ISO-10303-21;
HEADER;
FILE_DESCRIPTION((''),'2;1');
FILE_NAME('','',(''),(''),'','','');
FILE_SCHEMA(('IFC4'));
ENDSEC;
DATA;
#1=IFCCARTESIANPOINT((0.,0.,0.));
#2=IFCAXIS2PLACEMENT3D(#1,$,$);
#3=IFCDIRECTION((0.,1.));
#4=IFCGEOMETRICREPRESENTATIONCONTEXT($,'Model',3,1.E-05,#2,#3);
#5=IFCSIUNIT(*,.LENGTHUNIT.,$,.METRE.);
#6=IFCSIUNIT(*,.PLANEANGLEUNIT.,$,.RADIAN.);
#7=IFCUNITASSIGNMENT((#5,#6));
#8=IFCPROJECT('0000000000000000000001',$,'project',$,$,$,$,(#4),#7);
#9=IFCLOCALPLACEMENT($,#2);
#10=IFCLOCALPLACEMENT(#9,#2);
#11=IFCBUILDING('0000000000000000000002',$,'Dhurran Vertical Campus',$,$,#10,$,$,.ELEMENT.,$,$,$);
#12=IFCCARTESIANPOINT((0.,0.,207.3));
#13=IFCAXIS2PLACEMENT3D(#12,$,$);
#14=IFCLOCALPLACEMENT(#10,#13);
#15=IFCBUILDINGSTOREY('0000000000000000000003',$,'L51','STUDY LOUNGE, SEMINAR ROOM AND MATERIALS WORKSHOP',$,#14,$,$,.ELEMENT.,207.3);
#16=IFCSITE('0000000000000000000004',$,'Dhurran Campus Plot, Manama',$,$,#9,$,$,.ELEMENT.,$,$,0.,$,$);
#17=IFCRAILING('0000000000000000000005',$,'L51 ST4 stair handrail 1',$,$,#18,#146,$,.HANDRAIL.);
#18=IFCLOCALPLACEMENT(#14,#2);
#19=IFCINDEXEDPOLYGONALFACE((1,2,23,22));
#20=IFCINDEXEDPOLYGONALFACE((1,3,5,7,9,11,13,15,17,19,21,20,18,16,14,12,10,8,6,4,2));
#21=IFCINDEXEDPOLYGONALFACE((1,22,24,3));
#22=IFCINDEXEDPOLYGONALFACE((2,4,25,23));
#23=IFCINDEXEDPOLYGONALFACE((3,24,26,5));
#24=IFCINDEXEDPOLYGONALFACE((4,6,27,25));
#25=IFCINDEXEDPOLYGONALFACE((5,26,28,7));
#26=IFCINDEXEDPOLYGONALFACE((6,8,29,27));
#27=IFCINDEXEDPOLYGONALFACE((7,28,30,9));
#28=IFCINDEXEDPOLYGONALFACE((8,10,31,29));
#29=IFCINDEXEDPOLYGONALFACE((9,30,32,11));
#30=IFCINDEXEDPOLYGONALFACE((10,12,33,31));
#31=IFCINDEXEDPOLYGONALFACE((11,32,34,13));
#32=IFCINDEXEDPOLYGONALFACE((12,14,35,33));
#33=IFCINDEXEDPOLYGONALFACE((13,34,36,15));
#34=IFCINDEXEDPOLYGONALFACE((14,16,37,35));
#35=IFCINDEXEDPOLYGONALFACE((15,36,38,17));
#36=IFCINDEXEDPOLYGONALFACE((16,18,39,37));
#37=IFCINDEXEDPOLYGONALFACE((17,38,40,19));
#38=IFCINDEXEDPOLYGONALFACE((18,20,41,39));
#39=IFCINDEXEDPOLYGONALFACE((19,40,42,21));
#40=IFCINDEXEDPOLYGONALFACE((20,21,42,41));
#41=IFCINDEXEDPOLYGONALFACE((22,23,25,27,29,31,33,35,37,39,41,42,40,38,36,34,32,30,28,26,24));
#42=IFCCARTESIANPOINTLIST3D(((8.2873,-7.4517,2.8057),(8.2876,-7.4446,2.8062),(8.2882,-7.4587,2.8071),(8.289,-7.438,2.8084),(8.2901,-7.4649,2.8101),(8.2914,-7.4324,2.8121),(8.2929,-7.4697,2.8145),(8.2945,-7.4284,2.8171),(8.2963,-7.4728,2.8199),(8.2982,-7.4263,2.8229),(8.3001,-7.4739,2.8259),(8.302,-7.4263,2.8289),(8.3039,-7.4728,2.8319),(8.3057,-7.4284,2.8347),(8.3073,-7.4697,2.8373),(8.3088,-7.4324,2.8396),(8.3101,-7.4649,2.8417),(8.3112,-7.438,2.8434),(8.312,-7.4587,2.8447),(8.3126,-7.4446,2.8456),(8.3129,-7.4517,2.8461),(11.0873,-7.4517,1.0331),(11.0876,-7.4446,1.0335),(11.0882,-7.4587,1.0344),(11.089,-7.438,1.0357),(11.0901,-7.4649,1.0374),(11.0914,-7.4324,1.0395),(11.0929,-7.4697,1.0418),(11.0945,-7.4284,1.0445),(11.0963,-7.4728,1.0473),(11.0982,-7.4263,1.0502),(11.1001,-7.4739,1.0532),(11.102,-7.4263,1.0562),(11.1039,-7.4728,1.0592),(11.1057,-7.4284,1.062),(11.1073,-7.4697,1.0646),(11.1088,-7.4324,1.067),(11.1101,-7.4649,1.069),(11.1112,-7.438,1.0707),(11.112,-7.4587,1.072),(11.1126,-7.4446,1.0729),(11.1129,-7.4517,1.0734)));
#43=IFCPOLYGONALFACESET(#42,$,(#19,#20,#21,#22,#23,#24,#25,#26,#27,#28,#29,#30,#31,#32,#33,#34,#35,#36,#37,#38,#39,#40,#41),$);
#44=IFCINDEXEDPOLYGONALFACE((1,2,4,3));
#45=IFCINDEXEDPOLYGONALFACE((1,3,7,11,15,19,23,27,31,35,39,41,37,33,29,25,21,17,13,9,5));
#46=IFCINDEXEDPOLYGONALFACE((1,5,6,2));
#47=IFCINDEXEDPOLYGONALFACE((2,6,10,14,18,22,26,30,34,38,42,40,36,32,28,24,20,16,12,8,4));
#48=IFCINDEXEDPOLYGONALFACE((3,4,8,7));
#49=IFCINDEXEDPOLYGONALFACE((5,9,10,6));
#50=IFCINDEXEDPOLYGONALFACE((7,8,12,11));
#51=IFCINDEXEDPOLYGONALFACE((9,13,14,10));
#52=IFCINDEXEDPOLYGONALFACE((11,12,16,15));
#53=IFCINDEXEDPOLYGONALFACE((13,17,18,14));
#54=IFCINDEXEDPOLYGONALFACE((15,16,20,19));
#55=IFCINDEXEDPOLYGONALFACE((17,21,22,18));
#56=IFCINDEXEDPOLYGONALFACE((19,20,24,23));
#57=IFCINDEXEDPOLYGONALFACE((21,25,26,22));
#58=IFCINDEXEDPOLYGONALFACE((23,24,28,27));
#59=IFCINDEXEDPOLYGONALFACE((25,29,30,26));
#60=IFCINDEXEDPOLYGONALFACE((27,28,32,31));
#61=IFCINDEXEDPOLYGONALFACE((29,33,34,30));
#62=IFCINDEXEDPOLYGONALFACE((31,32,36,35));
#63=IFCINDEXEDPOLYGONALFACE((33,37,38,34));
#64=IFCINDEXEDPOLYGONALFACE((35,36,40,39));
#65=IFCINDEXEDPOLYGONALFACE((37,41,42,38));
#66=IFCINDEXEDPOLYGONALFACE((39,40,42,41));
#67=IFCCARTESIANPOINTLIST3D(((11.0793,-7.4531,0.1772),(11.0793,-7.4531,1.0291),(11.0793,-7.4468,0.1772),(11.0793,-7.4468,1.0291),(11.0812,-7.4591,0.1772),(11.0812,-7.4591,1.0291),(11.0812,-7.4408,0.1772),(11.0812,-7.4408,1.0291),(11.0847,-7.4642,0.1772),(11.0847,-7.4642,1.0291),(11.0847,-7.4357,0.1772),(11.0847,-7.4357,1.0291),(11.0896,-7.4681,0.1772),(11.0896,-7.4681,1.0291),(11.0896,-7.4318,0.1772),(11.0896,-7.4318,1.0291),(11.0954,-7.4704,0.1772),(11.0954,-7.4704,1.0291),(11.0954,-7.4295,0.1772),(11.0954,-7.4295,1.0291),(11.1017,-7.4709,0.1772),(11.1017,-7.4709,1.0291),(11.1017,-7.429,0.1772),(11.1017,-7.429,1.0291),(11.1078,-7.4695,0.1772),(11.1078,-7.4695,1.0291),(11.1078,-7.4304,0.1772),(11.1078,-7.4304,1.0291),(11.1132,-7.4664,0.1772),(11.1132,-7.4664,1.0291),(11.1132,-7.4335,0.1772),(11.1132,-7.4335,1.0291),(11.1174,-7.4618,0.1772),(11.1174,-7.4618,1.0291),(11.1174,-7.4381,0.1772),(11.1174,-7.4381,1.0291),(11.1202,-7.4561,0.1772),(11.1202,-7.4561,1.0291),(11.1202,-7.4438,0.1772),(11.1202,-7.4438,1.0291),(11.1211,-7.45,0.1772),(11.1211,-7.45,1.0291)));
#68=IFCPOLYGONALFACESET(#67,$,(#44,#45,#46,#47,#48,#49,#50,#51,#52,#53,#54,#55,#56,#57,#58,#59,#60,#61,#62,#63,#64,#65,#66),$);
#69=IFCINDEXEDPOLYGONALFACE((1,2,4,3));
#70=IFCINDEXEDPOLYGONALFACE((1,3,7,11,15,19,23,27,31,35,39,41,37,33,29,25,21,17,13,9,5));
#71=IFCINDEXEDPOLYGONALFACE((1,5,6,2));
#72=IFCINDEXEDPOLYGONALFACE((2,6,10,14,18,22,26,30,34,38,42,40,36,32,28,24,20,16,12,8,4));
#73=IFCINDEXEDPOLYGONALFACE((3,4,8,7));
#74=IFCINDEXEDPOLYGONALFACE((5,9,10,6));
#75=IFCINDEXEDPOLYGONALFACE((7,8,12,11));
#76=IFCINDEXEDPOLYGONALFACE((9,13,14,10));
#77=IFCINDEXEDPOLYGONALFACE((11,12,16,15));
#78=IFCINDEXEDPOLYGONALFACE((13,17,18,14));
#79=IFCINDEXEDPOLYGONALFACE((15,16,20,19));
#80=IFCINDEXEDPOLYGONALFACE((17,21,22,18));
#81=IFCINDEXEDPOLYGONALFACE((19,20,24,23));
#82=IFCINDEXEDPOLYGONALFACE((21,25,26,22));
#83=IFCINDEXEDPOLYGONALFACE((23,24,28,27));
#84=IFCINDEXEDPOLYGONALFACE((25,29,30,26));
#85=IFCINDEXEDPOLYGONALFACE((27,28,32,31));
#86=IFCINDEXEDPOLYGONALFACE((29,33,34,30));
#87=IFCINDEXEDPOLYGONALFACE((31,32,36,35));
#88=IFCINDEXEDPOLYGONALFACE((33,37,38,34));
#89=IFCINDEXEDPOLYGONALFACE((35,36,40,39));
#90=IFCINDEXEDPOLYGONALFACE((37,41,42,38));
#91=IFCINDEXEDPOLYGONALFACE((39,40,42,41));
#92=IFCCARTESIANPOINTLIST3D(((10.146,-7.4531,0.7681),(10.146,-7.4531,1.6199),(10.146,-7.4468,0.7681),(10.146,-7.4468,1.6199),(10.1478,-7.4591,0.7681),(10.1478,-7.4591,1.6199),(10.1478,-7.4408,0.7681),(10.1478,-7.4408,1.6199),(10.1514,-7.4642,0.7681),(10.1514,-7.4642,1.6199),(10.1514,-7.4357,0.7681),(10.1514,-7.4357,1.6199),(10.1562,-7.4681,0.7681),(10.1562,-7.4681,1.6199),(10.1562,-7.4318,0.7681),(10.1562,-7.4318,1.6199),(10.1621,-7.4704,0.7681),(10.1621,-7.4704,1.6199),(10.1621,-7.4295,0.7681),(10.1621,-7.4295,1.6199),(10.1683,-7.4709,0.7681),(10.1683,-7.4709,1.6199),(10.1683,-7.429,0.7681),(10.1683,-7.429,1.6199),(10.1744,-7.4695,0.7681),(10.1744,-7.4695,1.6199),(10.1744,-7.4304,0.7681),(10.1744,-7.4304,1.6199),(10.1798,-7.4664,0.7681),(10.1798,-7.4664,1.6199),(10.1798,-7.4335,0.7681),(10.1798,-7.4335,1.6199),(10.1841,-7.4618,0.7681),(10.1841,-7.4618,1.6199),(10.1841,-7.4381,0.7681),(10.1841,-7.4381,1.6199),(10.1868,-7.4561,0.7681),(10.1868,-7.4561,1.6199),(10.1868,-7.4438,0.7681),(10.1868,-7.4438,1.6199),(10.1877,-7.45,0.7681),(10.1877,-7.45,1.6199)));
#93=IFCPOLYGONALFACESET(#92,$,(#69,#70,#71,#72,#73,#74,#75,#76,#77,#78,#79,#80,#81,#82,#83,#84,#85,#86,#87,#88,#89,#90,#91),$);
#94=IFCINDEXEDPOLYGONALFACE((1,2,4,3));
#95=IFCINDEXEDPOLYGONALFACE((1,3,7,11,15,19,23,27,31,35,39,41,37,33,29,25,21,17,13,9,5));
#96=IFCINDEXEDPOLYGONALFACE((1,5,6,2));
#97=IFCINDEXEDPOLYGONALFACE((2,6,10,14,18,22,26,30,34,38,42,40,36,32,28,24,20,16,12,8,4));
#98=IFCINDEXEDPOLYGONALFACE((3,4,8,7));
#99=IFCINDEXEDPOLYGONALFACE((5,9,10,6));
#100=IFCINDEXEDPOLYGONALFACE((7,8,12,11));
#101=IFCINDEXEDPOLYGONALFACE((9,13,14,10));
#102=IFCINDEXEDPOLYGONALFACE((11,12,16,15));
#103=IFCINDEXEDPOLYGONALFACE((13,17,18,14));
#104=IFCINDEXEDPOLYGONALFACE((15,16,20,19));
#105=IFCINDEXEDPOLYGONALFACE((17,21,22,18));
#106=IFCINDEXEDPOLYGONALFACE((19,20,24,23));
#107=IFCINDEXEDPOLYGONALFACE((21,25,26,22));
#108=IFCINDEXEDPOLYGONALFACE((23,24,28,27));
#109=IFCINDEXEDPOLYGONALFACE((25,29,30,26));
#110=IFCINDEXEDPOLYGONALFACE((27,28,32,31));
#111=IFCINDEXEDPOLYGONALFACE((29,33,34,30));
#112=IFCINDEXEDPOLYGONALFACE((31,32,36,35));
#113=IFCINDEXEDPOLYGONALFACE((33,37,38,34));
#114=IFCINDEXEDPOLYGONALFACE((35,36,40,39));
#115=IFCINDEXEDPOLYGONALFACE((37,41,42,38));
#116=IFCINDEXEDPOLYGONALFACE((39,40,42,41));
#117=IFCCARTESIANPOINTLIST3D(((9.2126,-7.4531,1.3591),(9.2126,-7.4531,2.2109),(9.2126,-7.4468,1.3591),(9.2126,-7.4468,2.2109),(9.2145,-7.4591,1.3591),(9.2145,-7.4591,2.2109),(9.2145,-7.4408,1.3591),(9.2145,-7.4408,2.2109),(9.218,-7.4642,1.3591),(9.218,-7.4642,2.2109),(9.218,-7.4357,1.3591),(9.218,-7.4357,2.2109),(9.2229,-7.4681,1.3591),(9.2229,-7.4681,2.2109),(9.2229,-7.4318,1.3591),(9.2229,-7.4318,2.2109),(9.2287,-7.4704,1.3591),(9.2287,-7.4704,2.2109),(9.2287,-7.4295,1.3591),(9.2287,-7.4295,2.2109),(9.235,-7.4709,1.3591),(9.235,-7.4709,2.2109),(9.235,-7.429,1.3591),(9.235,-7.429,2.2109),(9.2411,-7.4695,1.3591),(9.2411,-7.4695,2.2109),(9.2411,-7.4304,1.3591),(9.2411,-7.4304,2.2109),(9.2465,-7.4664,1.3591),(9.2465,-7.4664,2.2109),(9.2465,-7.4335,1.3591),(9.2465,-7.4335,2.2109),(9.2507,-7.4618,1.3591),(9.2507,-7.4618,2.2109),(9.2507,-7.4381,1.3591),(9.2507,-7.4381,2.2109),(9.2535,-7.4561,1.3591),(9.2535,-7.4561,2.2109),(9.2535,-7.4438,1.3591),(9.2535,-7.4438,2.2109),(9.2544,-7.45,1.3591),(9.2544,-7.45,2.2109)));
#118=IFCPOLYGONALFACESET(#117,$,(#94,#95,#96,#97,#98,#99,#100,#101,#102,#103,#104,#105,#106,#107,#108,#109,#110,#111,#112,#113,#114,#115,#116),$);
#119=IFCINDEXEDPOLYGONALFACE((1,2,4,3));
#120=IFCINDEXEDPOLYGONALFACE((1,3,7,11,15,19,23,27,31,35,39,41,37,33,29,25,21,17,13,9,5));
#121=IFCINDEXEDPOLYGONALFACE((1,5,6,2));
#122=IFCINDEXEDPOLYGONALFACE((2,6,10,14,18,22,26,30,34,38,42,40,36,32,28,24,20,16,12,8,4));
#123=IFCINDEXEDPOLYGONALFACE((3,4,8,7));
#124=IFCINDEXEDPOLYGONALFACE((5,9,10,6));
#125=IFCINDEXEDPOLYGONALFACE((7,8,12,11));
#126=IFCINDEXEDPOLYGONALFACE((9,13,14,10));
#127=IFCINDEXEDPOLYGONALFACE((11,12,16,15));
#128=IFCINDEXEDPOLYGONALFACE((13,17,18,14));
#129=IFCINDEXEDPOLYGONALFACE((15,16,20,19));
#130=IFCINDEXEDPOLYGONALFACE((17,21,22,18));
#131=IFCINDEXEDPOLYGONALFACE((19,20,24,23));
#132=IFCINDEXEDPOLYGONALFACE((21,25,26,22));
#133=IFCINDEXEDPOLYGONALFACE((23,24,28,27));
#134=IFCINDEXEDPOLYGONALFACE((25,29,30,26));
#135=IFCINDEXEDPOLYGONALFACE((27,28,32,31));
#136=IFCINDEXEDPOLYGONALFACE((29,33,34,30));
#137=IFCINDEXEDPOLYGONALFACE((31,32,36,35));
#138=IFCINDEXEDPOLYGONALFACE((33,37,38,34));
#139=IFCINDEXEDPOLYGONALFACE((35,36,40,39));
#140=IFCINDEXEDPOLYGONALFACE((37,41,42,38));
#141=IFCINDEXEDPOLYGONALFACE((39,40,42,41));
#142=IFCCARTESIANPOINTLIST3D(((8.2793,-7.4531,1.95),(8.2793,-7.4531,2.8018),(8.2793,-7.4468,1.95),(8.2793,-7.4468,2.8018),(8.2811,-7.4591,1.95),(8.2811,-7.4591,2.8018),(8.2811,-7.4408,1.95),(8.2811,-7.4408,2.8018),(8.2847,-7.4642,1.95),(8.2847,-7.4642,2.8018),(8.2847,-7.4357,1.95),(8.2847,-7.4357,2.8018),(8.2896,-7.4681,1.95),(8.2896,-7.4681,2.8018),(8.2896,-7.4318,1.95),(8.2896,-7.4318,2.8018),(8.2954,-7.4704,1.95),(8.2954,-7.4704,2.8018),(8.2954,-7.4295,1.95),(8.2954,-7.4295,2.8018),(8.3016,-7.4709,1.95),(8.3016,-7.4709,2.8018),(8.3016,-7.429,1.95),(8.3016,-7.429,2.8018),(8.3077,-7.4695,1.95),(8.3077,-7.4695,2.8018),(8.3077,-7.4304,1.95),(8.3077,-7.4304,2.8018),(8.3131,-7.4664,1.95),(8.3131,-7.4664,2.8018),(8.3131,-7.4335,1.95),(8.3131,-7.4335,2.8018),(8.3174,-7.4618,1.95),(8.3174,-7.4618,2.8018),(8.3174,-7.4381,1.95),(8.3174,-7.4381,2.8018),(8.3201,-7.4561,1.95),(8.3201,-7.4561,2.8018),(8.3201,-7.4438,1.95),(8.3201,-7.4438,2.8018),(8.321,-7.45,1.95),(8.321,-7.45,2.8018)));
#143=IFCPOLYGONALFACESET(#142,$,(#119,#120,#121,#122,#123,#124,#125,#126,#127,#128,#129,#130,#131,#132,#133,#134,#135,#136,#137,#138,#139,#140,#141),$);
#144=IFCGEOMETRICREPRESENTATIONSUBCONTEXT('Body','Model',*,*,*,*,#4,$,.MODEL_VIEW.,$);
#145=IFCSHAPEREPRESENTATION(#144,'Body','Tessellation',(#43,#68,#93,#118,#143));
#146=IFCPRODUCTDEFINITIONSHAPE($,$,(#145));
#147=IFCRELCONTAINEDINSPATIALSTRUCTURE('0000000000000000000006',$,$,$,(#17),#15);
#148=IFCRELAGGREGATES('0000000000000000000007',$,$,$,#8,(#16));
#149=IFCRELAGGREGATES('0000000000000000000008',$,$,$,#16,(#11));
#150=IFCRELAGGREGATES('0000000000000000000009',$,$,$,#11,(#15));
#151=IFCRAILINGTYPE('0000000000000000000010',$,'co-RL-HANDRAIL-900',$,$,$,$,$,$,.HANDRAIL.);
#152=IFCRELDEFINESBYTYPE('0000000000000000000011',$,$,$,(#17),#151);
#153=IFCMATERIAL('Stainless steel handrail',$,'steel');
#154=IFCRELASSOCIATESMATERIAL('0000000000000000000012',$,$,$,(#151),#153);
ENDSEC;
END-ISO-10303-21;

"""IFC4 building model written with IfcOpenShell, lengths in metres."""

from ifc_helpers import new_model, si_unit, direction, frame, origin, origin_2d, place, context, subcontext, project, spatial, circle, extrude, material, type_object, element, save


model = new_model("IFC4")

# Units and contexts
model_context = context("Model", 3, precision=1e-05, world=origin(), true_north=direction((0.0, 1.0)))
body_context = subcontext(model_context, "Body", "Model", "MODEL_VIEW")
ifc_project = project(units=[si_unit("LENGTHUNIT", "METRE"), si_unit("PLANEANGLEUNIT", "RADIAN")], contexts=[model_context])

# Site, building, storey
site_placement = place(None, origin())
site = spatial("IfcSite", under=ifc_project, at=site_placement, Name="Dhurran Campus Plot, Manama", CompositionType="ELEMENT", RefElevation=0.0)
building_placement = place(site_placement, origin())
building = spatial("IfcBuilding", under=site, at=building_placement, Name="Dhurran Vertical Campus", CompositionType="ELEMENT")
storey_placement = place(building_placement, frame((0.0, 0.0, 207.3)))
storey = spatial("IfcBuildingStorey", under=building, at=storey_placement, Name="L51", Description="STUDY LOUNGE, SEMINAR ROOM AND MATERIALS WORKSHOP", CompositionType="ELEMENT", Elevation=207.3)

# Railing
ifc_material_1 = material(Name="Stainless steel handrail", Category="steel")
railing_type = type_object("IfcRailingType", Name="co-RL-HANDRAIL-900", PredefinedType="HANDRAIL", material=ifc_material_1)
railing_placement = place(storey_placement, frame((11.1001, -7.45, 0.1772)))
element("IfcRailing", 1, at=railing_placement, inside=storey, type_object=railing_type, Name="L51 ST4 stair handrail 1", PredefinedType="HANDRAIL", context=body_context, shape_type="SweptSolid", body=[
    extrude(circle(Radius=0.0239, at=origin_2d()), frame((0.0, 0.0, 0.876), z_axis=(-0.844909, 0.0, 0.53491), x_axis=(0.0, -1.0, 0.0)), (0.0, 0.0, 1.0), 3.314),
    extrude(circle(Radius=0.021, at=origin_2d()), origin(), (0.0, 0.0, 1.0), 0.8518),
    extrude(circle(Radius=0.021, at=origin_2d()), frame((-0.9333, 0.0, 0.5908)), (0.0, 0.0, 1.0), 0.8518),
    extrude(circle(Radius=0.021, at=origin_2d()), frame((-1.8667, 0.0, 1.1819)), (0.0, 0.0, 1.0), 0.8518),
    extrude(circle(Radius=0.021, at=origin_2d()), frame((-2.8, 0.0, 1.7727)), (0.0, 0.0, 1.0), 0.8518),
])

save(model, "model.ifc")
